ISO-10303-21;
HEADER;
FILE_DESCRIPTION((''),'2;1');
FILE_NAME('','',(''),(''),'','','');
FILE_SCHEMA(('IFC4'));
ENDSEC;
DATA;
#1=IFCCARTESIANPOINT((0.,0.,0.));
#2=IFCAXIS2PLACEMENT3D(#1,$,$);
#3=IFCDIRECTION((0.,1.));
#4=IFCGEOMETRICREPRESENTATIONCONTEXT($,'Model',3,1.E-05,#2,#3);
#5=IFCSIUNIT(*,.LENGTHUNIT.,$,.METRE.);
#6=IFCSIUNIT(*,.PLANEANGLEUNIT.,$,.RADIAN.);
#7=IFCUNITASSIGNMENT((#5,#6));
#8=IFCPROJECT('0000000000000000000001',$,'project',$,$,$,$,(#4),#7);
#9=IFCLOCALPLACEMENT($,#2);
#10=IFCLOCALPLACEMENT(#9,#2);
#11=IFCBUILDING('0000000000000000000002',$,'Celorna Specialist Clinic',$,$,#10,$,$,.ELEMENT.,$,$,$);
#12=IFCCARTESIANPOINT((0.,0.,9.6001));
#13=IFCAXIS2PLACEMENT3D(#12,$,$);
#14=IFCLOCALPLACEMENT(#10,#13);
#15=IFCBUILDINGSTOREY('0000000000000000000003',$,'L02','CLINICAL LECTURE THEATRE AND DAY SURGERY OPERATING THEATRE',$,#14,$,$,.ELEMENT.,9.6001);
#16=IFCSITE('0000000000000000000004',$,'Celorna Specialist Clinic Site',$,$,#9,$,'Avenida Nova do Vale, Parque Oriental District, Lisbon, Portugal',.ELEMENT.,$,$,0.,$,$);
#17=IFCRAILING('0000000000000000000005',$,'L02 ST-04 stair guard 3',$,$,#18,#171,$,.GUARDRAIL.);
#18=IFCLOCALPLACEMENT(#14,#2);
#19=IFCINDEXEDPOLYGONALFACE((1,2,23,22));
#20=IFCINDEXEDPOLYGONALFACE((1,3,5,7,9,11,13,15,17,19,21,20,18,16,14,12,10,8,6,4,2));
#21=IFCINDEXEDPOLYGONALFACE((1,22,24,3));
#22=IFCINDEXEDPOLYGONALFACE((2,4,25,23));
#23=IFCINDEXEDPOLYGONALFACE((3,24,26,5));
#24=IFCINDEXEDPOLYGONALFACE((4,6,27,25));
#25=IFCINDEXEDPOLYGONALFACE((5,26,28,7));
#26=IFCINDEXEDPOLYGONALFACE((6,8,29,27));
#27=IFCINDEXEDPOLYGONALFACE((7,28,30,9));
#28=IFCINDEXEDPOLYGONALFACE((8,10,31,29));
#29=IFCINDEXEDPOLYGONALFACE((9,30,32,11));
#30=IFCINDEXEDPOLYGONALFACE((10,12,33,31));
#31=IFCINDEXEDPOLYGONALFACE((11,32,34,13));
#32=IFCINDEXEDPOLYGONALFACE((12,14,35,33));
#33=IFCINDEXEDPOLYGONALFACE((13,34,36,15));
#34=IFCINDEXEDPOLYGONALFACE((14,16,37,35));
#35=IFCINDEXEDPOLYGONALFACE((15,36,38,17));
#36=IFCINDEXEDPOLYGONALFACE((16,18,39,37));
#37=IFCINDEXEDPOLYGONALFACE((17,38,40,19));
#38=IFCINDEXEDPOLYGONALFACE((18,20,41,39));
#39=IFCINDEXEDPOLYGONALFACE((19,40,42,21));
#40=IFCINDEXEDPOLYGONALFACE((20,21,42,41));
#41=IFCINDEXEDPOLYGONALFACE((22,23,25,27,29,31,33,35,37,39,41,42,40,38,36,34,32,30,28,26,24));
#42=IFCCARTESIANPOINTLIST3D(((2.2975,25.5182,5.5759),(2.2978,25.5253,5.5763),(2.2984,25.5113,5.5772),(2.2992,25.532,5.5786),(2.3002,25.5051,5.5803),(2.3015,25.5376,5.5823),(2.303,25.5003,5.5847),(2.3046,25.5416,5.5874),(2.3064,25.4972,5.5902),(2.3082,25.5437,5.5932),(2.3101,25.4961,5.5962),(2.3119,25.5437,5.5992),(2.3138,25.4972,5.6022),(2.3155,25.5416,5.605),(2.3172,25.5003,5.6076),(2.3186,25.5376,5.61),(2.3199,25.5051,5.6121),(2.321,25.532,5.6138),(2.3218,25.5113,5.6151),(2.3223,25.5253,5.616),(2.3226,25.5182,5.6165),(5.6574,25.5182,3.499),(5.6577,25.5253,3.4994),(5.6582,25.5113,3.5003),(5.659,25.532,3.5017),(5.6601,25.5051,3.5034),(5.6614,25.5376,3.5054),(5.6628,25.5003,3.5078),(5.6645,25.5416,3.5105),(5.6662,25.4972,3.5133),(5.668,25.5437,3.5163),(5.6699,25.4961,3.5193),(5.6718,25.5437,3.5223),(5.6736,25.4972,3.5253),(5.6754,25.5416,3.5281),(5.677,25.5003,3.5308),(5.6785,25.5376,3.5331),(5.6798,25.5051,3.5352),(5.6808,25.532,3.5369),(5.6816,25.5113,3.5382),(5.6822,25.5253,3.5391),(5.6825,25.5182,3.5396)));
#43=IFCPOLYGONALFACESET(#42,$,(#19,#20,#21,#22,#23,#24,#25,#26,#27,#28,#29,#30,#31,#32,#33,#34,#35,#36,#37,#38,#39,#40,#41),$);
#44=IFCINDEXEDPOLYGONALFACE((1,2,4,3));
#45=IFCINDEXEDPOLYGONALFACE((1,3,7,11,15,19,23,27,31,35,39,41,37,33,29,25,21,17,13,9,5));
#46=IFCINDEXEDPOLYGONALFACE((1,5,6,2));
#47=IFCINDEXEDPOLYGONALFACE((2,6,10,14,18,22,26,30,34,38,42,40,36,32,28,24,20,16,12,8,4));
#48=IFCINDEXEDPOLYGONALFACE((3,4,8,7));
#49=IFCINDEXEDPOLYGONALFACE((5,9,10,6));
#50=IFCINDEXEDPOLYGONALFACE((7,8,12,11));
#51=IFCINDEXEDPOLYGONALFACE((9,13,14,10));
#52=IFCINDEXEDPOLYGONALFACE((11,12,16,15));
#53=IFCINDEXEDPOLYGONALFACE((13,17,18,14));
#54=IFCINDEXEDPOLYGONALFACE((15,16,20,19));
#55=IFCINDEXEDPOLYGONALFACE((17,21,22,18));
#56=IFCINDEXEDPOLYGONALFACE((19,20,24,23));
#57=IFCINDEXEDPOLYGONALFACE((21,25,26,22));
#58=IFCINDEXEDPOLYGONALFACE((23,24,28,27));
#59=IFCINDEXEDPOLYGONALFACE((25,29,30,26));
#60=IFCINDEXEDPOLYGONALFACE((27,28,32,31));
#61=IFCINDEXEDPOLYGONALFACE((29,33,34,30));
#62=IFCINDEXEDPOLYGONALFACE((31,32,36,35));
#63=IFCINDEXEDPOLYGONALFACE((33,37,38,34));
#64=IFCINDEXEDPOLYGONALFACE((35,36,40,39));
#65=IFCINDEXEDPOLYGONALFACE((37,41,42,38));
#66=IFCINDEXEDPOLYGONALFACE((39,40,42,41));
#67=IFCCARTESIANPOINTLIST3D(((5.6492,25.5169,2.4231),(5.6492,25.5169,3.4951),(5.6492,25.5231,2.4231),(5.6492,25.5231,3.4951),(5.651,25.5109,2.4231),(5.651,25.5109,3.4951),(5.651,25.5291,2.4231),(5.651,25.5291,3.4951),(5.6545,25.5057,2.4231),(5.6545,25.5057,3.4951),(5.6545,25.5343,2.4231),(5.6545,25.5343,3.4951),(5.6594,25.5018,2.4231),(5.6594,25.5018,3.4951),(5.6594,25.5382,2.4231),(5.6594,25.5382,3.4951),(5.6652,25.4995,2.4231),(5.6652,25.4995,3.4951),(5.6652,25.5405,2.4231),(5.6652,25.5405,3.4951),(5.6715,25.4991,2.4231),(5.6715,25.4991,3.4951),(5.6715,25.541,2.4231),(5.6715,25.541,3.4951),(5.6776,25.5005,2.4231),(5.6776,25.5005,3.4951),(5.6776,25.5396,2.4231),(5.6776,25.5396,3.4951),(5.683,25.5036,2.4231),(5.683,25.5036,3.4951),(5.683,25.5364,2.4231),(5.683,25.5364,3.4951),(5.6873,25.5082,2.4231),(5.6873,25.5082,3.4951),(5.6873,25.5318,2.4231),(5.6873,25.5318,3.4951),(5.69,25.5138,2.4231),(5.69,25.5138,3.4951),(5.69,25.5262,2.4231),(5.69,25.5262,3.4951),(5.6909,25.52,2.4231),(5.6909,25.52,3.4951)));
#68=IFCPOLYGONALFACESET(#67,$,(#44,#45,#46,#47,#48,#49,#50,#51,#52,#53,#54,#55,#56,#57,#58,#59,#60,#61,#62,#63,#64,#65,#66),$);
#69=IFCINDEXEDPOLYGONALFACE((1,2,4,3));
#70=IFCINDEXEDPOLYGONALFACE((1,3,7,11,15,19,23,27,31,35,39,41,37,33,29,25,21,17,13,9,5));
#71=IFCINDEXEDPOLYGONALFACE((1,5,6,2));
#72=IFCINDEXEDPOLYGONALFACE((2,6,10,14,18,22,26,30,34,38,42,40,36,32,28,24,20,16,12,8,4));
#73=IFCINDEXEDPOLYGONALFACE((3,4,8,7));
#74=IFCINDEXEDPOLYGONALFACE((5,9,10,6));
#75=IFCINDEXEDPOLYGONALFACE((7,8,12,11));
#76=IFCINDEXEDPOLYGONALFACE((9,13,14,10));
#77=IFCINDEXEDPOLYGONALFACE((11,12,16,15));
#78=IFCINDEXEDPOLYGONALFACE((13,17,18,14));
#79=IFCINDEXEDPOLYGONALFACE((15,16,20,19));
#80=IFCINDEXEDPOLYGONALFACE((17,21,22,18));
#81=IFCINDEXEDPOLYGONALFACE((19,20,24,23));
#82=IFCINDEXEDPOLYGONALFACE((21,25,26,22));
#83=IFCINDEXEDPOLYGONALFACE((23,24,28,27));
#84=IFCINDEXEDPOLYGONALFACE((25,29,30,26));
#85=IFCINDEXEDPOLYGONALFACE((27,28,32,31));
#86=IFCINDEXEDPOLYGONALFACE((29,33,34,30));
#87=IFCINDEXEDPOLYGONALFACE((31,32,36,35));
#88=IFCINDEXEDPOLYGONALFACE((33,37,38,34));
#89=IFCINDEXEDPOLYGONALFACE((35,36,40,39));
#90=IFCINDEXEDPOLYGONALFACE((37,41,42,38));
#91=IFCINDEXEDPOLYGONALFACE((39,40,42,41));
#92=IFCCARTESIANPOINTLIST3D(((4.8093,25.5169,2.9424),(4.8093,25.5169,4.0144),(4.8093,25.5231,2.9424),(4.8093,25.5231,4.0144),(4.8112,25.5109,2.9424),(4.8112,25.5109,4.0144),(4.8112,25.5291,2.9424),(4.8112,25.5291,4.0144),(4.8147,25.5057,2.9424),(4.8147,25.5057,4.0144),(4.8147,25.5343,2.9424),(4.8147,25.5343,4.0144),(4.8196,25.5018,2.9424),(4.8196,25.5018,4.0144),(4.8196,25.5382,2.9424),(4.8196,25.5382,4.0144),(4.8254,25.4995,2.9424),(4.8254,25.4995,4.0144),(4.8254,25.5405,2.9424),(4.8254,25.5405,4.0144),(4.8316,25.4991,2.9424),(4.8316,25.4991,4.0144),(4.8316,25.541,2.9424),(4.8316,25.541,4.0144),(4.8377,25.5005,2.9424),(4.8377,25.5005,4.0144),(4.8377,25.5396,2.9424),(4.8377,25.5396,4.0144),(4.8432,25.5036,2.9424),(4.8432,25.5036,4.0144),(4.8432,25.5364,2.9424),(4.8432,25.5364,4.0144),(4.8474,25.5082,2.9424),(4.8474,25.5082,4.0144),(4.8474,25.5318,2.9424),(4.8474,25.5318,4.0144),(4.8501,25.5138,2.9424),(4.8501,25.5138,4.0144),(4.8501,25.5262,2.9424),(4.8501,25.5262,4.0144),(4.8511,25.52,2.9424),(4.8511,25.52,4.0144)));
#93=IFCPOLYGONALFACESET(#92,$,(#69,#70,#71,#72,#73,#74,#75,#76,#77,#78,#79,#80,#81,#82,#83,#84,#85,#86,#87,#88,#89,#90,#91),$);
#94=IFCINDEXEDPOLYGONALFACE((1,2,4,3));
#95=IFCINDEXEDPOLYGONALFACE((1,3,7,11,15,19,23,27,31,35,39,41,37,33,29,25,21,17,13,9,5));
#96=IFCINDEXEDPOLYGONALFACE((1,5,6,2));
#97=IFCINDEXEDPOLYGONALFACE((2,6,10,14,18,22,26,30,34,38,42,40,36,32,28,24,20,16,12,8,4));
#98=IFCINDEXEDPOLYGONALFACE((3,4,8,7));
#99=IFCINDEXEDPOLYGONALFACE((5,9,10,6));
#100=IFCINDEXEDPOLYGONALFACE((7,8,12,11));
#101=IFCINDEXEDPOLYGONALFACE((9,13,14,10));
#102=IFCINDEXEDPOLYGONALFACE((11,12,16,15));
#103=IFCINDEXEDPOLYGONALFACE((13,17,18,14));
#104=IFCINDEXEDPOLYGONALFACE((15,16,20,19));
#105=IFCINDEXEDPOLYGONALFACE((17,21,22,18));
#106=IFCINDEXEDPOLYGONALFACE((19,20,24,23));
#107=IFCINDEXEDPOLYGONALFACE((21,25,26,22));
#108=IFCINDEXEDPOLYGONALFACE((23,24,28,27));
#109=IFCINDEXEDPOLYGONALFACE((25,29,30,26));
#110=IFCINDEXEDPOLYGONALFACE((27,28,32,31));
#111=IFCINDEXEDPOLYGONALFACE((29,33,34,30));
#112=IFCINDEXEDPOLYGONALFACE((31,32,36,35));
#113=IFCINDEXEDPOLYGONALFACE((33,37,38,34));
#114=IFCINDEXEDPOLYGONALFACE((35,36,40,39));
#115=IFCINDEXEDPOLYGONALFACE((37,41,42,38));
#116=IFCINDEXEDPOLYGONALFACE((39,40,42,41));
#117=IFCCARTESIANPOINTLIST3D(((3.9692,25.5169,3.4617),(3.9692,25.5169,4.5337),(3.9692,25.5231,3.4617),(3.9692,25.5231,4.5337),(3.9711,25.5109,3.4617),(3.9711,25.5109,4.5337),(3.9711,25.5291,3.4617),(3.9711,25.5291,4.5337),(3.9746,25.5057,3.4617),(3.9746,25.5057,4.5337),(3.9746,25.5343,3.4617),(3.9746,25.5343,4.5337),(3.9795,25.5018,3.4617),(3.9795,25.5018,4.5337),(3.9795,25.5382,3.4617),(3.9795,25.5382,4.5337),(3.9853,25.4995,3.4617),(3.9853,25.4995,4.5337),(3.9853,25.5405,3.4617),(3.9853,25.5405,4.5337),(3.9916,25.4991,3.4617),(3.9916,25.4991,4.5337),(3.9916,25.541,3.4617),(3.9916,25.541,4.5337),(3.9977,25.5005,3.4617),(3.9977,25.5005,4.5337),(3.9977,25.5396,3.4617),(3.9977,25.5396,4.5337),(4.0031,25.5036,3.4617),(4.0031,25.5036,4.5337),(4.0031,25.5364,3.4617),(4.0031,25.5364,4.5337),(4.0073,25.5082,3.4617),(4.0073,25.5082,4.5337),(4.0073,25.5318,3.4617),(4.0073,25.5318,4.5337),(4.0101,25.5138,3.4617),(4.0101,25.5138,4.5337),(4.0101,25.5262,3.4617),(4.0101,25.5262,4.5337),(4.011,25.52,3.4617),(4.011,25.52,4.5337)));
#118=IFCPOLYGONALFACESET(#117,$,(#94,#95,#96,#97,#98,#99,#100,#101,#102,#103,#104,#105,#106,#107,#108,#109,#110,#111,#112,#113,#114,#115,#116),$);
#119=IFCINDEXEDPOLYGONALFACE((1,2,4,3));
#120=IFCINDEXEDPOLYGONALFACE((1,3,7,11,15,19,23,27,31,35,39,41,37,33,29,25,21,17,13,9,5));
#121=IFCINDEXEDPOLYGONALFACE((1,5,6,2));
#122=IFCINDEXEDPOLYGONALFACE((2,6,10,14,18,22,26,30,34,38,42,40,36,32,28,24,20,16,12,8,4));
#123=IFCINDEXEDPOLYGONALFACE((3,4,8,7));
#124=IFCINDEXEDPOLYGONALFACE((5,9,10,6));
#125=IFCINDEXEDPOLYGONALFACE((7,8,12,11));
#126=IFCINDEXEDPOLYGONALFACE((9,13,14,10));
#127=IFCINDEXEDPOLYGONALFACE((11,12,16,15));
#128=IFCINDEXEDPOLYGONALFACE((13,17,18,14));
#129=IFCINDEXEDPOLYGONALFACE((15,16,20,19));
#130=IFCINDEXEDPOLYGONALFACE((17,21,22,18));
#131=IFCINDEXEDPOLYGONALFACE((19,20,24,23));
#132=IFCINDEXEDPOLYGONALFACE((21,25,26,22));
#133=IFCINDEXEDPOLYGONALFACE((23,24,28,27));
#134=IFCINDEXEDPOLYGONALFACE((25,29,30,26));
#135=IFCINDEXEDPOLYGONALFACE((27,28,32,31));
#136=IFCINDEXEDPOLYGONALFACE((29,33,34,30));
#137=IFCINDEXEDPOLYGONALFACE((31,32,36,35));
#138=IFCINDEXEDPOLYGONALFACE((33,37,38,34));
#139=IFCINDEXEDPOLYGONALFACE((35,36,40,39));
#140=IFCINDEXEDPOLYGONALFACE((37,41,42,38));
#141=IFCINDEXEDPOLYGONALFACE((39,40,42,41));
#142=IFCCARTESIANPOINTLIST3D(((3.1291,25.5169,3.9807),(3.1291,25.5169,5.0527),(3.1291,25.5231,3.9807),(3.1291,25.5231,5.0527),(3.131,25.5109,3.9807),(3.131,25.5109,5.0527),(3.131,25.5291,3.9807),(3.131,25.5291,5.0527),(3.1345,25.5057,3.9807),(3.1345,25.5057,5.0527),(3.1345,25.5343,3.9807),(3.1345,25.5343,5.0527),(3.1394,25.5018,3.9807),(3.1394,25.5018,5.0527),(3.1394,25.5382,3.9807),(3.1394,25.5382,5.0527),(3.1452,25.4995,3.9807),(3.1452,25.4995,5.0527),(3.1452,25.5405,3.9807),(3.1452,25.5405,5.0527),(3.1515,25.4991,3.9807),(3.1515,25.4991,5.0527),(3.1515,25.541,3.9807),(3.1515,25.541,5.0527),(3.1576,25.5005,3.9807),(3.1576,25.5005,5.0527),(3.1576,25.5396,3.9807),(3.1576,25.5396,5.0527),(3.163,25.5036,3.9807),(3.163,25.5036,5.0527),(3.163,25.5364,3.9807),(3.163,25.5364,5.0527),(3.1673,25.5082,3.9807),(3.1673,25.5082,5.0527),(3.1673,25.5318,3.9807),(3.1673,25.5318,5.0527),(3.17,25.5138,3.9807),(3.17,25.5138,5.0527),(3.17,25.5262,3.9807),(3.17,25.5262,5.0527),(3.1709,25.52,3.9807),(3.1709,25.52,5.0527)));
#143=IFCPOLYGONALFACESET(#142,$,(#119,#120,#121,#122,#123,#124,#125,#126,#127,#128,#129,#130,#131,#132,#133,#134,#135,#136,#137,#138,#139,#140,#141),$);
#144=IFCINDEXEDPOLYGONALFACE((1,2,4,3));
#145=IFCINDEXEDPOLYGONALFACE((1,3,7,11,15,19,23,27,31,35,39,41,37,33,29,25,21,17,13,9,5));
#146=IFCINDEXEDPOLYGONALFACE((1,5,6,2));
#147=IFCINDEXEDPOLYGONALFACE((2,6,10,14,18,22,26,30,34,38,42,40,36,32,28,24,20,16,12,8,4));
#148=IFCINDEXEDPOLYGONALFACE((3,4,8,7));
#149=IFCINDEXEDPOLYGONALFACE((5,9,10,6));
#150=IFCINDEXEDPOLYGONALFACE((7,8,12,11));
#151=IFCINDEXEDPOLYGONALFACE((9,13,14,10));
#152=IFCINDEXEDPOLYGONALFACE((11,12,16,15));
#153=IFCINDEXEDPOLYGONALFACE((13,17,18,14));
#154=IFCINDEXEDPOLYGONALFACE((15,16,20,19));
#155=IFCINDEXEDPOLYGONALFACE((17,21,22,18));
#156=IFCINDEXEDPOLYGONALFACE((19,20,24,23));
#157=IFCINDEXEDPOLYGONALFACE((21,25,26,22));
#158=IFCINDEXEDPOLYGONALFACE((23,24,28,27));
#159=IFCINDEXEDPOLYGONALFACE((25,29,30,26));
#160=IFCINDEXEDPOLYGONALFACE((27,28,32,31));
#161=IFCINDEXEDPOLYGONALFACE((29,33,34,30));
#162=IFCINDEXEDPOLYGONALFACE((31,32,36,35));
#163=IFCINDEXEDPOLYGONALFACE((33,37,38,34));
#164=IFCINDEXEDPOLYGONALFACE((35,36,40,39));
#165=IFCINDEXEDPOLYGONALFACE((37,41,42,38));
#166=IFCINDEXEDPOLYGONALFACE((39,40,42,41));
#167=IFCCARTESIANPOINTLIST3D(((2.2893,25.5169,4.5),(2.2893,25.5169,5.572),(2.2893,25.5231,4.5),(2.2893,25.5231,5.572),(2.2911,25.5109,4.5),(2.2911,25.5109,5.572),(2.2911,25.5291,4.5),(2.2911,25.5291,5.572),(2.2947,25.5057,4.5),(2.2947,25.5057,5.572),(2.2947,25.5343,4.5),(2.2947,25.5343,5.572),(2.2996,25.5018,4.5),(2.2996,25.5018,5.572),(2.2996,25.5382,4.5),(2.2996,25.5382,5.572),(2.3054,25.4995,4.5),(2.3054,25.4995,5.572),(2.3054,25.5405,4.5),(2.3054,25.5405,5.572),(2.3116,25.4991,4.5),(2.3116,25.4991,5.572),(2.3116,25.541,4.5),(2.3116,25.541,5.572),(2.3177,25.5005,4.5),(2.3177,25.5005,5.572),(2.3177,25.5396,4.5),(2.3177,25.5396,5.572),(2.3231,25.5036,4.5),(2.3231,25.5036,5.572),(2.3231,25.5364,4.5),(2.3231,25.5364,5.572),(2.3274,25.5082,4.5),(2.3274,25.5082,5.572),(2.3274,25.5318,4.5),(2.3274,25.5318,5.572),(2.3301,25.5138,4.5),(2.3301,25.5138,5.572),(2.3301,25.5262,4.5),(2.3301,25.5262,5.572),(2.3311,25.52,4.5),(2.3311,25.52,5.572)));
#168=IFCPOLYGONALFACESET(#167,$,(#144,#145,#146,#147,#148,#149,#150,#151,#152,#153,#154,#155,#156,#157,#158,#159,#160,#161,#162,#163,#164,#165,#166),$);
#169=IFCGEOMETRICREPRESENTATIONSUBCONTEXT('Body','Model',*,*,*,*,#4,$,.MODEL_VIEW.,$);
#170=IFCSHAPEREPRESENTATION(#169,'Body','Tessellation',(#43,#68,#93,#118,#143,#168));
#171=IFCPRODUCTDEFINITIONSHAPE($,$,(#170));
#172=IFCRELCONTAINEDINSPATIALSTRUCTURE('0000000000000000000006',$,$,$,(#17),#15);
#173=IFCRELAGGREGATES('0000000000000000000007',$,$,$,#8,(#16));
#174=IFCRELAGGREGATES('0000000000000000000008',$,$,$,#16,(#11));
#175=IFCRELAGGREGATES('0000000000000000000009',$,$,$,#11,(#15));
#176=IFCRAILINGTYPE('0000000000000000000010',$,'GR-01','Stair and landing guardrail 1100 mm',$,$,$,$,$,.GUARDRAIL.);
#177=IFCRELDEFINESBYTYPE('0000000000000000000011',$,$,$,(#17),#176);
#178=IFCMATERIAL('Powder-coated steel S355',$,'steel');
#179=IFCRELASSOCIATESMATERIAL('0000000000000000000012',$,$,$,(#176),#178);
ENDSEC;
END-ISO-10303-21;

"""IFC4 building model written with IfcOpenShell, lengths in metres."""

from ifc_helpers import new_model, si_unit, direction, frame, origin, origin_2d, place, context, subcontext, project, spatial, circle, extrude, material, type_object, element, save


model = new_model("IFC4")

# Units and contexts
model_context = context("Model", 3, precision=1e-05, world=origin(), true_north=direction((0.0, 1.0)))
body_context = subcontext(model_context, "Body", "Model", "MODEL_VIEW")
ifc_project = project(units=[si_unit("LENGTHUNIT", "METRE"), si_unit("PLANEANGLEUNIT", "RADIAN")], contexts=[model_context])

# Site, building, storey
site_placement = place(None, origin())
site = spatial("IfcSite", under=ifc_project, at=site_placement, Name="Celorna Specialist Clinic Site", LongName="Avenida Nova do Vale, Parque Oriental District, Lisbon, Portugal", CompositionType="ELEMENT", RefElevation=0.0)
building_placement = place(site_placement, origin())
building = spatial("IfcBuilding", under=site, at=building_placement, Name="Celorna Specialist Clinic", CompositionType="ELEMENT")
storey_placement = place(building_placement, frame((0.0, 0.0, 9.6001)))
storey = spatial("IfcBuildingStorey", under=building, at=storey_placement, Name="L02", Description="CLINICAL LECTURE THEATRE AND DAY SURGERY OPERATING THEATRE", CompositionType="ELEMENT", Elevation=9.6001)

# Railing
ifc_material_1 = material(Name="Powder-coated steel S355", Category="steel")
railing_type_1 = type_object("IfcRailingType", Name="GR-01", Description="Stair and landing guardrail 1100 mm", PredefinedType="GUARDRAIL", material=ifc_material_1)
railing_1_placement = place(storey_placement, frame((5.6699, 25.52, 2.4231)))
element("IfcRailing", 1, at=railing_1_placement, inside=storey, type_object=railing_type_1, Name="L02 ST-04 stair guard 3", PredefinedType="GUARDRAIL", context=body_context, shape_type="SweptSolid", body=[
    extrude(circle(Radius=0.0239, at=origin_2d()), frame((0.0, 0.0, 1.0962), z_axis=(-0.850606, 0.0, 0.525803), x_axis=(0.0, -1.0, 0.0)), (0.0, 0.0, 1.0), 3.95),
    extrude(circle(Radius=0.021, at=origin_2d()), origin(), (0.0, 0.0, 1.0), 1.072),
    extrude(circle(Radius=0.021, at=origin_2d()), frame((-0.8398, 0.0, 0.5193)), (0.0, 0.0, 1.0), 1.072),
    extrude(circle(Radius=0.021, at=origin_2d()), frame((-1.6799, 0.0, 1.0386)), (0.0, 0.0, 1.0), 1.072),
    extrude(circle(Radius=0.021, at=origin_2d()), frame((-2.52, 0.0, 1.5576)), (0.0, 0.0, 1.0), 1.072),
    extrude(circle(Radius=0.021, at=origin_2d()), frame((-3.3599, 0.0, 2.0769)), (0.0, 0.0, 1.0), 1.072),
])

save(model, "model.ifc")
